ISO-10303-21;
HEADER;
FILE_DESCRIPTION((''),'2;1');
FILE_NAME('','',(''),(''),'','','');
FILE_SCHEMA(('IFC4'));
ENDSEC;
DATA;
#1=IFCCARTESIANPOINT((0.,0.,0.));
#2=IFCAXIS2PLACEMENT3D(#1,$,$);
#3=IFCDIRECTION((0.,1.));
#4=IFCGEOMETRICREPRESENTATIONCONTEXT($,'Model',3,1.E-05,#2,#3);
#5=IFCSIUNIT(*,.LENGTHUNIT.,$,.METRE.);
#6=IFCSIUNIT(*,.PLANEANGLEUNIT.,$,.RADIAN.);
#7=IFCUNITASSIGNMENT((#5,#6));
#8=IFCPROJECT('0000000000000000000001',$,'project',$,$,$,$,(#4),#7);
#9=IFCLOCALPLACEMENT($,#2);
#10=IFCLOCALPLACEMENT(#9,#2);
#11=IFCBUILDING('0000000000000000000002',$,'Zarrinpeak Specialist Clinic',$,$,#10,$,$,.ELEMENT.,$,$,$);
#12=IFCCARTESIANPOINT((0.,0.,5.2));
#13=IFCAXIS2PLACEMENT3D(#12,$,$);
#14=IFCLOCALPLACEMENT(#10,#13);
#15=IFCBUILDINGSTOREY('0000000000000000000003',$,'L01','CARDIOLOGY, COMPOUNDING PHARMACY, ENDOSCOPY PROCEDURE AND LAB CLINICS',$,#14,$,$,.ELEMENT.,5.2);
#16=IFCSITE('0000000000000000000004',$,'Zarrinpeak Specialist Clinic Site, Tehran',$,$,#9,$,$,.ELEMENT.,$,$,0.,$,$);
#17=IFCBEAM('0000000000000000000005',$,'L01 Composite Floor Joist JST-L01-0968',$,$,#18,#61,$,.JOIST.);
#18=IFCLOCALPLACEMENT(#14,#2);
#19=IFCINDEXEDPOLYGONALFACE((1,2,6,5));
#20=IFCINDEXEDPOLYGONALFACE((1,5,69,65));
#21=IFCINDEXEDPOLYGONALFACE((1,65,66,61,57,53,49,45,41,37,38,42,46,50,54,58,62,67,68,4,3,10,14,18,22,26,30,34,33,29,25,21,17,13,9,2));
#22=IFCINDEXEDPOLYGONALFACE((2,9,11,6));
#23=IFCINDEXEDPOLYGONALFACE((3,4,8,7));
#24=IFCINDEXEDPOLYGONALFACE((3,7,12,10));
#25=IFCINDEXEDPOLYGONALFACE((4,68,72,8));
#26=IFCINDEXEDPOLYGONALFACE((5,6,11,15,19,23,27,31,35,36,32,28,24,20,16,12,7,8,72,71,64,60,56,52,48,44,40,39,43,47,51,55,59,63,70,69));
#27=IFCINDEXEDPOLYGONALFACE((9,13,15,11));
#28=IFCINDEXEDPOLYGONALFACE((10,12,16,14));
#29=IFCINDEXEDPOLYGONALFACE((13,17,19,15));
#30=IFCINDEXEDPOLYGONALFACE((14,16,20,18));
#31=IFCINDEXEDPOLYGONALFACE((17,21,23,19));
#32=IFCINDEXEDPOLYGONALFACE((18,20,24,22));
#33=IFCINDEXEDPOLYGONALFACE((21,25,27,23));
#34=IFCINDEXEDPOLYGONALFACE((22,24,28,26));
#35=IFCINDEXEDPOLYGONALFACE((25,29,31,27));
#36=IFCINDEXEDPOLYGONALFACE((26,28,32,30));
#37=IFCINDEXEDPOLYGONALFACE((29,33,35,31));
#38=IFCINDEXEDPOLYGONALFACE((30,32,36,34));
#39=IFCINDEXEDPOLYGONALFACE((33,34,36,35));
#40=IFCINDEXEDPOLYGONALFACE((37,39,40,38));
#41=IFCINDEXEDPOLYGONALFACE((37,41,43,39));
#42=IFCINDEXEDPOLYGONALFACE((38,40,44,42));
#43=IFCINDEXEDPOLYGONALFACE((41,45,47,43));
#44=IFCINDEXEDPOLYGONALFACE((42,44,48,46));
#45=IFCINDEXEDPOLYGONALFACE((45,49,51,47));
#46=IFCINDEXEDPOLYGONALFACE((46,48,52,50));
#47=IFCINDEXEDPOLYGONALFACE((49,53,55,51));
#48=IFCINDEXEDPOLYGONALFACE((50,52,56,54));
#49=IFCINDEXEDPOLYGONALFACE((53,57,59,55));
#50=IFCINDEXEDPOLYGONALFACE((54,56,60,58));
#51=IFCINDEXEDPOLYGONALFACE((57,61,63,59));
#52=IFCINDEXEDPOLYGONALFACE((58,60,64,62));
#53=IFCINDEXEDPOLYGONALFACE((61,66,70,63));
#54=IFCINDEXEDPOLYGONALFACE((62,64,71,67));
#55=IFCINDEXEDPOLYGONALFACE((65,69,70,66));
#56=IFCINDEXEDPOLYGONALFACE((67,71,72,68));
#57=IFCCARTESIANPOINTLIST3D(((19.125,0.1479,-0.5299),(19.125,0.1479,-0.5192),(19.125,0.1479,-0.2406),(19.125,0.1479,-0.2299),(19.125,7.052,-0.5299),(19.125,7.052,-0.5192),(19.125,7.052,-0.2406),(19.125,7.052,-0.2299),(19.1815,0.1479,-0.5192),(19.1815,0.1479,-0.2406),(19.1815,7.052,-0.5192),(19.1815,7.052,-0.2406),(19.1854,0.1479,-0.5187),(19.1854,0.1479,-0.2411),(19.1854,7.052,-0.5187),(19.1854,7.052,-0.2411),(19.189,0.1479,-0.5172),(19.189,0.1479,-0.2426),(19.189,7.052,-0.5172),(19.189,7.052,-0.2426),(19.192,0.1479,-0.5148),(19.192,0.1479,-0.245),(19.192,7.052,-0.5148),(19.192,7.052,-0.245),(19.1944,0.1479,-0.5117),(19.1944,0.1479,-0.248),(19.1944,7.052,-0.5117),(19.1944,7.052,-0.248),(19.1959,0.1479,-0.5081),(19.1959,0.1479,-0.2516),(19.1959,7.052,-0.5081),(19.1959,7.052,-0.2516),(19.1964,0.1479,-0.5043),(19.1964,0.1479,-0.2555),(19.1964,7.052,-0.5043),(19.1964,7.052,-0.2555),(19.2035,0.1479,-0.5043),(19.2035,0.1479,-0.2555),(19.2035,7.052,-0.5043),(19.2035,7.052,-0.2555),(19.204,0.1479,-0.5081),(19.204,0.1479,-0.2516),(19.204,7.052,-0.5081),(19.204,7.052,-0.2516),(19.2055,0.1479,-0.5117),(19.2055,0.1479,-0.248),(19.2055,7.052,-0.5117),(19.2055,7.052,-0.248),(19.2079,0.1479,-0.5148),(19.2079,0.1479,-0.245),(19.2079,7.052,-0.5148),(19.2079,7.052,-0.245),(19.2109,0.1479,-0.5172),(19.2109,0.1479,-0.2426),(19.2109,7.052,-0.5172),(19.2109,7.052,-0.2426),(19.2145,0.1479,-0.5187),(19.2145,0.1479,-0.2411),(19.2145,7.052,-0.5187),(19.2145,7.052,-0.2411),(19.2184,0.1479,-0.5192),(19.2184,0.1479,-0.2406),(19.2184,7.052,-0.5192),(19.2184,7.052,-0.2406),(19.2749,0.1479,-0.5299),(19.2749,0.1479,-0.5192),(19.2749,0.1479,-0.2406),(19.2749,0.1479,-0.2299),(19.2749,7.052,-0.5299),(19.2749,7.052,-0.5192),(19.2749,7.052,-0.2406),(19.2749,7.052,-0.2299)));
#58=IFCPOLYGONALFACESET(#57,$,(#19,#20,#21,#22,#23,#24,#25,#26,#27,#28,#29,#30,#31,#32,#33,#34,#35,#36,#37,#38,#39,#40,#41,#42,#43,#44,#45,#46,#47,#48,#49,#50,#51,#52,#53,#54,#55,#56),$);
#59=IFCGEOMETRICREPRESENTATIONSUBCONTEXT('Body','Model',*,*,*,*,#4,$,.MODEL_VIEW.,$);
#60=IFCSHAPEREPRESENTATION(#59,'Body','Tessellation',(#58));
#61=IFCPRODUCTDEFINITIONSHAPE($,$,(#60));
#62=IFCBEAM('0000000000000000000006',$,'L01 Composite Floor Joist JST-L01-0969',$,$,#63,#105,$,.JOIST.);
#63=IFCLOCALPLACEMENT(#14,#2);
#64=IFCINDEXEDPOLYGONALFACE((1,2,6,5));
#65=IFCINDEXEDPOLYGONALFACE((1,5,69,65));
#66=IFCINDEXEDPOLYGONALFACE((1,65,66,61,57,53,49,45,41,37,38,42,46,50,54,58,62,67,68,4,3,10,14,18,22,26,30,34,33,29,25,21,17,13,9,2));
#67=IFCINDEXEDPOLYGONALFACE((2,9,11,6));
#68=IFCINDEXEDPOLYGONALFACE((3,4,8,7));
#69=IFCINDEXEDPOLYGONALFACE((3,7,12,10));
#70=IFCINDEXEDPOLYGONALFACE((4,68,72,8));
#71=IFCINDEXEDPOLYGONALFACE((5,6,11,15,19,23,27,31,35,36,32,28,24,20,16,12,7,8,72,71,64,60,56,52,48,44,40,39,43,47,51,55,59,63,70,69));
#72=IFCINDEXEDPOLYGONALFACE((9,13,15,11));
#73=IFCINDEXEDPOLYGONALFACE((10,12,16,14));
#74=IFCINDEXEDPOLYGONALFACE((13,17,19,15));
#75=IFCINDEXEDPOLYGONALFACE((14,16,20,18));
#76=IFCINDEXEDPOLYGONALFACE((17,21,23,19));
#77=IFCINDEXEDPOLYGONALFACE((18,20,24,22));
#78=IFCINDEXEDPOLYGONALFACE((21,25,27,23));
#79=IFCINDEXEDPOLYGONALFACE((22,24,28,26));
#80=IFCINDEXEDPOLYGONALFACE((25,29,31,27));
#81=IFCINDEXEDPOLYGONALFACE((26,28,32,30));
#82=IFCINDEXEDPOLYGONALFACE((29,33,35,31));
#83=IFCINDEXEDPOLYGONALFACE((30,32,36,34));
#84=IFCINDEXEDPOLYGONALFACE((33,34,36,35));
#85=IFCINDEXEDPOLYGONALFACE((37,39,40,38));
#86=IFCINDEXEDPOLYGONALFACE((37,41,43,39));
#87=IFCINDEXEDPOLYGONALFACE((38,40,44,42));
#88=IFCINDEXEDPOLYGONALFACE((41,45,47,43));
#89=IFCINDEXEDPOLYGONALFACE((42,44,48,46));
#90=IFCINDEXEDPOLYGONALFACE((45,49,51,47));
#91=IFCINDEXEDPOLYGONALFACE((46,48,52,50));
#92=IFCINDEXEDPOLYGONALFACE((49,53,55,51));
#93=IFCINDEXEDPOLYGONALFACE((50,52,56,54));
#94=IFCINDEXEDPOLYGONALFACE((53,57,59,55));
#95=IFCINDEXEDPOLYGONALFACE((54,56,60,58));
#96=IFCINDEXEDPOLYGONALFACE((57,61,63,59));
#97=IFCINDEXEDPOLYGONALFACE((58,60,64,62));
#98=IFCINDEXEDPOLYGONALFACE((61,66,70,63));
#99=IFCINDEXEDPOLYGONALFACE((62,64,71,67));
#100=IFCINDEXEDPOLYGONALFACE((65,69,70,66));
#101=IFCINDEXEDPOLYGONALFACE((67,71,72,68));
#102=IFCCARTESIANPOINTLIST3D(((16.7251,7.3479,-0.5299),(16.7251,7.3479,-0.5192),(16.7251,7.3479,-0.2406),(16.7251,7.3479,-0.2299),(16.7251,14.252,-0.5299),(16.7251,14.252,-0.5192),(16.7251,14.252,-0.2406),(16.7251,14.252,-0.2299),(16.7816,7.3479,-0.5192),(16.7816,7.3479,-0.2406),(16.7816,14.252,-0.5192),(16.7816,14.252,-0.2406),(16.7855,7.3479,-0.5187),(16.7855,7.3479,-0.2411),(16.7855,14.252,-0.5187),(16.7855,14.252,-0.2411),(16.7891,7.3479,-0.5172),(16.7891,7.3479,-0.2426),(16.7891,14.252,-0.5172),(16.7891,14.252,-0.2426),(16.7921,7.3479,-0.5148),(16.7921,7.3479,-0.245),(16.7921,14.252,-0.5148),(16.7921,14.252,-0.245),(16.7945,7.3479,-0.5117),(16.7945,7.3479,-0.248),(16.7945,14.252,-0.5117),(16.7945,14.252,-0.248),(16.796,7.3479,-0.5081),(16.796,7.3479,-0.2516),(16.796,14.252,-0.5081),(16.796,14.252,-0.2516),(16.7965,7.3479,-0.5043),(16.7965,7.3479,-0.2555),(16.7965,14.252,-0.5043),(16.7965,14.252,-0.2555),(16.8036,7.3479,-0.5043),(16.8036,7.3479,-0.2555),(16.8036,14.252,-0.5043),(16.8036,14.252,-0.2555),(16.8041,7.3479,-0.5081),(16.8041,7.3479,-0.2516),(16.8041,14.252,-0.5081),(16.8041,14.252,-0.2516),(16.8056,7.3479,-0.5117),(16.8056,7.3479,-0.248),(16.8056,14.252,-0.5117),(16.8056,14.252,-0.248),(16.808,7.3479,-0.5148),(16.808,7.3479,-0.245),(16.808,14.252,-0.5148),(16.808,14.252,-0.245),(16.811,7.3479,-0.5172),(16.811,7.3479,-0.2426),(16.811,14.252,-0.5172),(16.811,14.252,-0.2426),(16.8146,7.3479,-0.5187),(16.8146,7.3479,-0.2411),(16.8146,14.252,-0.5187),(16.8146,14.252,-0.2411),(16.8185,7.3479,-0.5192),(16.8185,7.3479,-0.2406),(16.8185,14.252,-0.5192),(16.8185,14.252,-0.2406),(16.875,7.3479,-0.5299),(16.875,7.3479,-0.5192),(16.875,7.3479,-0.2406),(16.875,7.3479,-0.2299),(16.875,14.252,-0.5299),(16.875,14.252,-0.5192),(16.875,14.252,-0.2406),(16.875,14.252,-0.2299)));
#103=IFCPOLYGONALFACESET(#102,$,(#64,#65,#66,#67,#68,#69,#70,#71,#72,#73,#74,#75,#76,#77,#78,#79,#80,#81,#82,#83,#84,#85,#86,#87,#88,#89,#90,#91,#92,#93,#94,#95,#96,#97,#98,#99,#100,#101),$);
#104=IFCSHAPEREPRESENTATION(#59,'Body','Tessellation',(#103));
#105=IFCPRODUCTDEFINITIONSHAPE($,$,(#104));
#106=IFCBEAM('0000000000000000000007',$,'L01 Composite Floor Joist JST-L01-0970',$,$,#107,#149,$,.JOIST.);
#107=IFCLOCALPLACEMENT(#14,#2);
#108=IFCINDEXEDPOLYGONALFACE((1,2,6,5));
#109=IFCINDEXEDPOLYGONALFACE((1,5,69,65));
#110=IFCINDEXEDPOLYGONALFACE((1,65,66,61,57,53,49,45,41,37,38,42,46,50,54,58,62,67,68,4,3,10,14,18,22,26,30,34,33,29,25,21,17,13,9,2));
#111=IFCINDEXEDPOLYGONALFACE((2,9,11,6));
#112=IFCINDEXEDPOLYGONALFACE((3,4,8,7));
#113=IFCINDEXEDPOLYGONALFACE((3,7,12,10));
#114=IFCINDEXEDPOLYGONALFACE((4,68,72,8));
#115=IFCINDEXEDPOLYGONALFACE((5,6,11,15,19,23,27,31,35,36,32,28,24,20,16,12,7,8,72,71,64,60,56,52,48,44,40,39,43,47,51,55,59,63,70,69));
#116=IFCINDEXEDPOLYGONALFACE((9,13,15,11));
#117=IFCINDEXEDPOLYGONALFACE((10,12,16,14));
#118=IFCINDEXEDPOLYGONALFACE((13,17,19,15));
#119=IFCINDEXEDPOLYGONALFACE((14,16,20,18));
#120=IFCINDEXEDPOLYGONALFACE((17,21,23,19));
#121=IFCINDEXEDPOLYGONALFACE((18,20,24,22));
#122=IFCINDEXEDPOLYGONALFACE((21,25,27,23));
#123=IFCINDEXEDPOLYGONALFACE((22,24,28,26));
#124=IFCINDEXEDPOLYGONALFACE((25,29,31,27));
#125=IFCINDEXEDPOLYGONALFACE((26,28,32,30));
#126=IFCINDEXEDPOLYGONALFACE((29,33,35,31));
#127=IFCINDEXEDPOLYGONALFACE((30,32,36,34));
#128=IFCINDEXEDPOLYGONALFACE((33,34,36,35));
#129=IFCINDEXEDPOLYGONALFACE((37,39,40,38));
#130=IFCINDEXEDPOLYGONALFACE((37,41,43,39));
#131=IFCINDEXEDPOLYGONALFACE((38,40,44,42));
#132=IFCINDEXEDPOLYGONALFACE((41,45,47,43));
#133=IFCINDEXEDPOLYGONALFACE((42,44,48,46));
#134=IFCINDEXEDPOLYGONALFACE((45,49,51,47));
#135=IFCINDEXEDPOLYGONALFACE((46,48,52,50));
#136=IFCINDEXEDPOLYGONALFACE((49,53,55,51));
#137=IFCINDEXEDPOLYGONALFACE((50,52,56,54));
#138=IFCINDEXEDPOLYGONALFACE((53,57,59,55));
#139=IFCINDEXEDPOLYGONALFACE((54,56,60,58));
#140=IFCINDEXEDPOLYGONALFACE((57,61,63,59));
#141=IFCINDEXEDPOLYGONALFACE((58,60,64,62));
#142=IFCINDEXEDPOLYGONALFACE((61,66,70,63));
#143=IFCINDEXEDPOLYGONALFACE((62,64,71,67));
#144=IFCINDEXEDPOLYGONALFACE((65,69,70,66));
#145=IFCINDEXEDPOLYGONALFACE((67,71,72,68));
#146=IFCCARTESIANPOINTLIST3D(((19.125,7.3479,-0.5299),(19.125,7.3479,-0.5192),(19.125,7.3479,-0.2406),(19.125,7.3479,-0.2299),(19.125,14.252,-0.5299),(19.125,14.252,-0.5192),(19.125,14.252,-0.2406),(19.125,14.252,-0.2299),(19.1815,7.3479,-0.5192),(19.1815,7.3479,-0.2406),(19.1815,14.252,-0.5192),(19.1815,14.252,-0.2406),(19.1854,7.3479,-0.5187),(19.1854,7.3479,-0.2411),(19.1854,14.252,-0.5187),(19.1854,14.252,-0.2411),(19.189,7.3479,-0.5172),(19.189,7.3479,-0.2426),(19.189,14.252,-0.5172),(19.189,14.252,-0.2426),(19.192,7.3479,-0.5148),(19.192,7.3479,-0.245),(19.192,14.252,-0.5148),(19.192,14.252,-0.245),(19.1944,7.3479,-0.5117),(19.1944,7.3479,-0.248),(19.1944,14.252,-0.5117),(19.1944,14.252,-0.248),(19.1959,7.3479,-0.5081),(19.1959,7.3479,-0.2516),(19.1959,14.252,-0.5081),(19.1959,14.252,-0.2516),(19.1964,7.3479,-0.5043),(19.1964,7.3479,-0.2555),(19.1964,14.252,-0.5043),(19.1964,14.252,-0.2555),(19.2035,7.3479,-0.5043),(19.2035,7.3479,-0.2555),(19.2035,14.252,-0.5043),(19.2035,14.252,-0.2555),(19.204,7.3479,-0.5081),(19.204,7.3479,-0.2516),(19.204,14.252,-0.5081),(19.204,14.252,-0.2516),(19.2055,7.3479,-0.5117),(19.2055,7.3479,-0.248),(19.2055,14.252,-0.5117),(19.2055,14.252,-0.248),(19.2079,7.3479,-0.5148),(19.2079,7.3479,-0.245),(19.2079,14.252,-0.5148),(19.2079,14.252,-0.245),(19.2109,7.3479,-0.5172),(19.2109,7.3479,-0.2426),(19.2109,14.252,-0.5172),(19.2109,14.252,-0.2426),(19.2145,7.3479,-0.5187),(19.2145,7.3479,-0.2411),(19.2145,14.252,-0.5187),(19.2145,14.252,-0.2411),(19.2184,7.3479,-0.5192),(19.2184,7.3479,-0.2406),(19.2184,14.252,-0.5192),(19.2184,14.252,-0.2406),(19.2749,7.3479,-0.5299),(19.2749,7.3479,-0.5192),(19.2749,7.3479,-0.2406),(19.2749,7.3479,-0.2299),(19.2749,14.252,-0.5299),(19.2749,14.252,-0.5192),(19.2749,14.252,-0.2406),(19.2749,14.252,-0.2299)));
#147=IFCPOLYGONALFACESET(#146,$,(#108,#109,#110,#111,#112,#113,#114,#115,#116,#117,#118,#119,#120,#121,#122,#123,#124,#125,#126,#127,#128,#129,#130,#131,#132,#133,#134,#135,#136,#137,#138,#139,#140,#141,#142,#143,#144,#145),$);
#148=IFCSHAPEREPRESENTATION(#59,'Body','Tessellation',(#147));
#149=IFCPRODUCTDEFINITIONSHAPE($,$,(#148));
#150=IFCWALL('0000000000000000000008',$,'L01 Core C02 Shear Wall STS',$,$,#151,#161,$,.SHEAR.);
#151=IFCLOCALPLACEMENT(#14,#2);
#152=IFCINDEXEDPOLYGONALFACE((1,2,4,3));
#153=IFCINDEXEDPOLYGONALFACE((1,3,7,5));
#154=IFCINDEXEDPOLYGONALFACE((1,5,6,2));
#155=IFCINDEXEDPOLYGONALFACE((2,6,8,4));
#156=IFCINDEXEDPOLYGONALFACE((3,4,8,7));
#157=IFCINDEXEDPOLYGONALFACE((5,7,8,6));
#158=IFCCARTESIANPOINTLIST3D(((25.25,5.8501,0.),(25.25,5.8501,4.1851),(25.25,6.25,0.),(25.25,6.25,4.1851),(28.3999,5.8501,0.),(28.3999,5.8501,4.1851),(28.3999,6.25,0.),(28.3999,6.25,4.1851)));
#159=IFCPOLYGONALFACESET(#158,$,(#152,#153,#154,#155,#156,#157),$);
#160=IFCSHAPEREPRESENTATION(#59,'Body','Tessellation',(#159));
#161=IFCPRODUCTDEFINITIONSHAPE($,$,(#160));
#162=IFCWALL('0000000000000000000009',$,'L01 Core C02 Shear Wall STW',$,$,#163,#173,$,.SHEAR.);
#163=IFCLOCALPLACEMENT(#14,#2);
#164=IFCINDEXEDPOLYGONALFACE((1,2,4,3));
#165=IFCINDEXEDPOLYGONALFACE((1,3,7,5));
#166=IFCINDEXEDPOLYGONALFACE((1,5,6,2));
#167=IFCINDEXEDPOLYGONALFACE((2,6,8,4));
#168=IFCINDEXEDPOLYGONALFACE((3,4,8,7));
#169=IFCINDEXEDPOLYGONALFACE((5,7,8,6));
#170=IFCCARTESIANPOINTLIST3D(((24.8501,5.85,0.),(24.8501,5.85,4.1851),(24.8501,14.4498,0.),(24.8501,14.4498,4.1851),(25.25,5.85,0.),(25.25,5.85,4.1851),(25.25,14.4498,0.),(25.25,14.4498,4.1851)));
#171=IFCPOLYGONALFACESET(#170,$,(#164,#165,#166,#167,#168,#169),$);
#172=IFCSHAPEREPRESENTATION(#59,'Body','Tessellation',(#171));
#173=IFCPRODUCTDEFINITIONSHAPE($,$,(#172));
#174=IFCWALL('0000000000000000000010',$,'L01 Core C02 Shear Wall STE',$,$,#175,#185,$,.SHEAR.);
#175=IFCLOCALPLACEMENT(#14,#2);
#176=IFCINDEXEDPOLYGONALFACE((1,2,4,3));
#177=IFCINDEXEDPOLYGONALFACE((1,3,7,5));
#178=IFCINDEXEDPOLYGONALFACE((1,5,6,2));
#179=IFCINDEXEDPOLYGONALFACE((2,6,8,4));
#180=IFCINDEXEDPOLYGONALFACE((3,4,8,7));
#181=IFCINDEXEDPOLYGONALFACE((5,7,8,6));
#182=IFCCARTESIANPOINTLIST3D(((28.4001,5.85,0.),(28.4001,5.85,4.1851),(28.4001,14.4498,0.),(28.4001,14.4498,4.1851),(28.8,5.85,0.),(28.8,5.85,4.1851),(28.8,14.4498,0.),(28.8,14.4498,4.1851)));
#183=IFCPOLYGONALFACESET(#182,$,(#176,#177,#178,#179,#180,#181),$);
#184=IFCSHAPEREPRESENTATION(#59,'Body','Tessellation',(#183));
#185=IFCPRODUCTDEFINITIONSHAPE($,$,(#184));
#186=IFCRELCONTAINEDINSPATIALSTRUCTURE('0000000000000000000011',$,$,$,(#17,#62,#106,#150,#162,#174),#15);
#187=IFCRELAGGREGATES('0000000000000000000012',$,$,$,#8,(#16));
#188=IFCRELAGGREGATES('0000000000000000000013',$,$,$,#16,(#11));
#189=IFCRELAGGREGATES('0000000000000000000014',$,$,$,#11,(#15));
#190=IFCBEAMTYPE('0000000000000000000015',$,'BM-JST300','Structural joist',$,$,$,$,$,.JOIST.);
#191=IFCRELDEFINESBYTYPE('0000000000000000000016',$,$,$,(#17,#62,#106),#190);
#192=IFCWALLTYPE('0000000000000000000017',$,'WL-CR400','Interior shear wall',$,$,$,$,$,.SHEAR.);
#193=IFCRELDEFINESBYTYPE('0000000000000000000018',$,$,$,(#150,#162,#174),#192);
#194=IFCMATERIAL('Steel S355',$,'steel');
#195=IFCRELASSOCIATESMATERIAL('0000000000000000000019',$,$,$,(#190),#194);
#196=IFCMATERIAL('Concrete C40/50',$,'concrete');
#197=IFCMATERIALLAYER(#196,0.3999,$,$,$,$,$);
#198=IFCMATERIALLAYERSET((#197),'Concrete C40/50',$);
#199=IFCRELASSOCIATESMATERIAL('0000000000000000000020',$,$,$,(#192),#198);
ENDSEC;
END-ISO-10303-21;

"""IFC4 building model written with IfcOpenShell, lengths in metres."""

from ifc_helpers import new_model, si_unit, direction, frame, frame_2d, origin, origin_2d, place, context, subcontext, project, spatial, rectangle, i_section, extrude, material, layer, layer_set, material_profile, profile_set, type_object, element, save


model = new_model("IFC4")

# Units and contexts
model_context = context("Model", 3, precision=1e-05, world=origin(), true_north=direction((0.0, 1.0)))
body_context = subcontext(model_context, "Body", "Model", "MODEL_VIEW")
ifc_project = project(units=[si_unit("LENGTHUNIT", "METRE"), si_unit("PLANEANGLEUNIT", "RADIAN")], contexts=[model_context])

# Site, building, storey
site_placement = place(None, origin())
site = spatial("IfcSite", under=ifc_project, at=site_placement, Name="Zarrinpeak Specialist Clinic Site, Tehran", CompositionType="ELEMENT", RefElevation=0.0)
building_placement = place(site_placement, origin())
building = spatial("IfcBuilding", under=site, at=building_placement, Name="Zarrinpeak Specialist Clinic", CompositionType="ELEMENT")
storey_placement = place(building_placement, frame((0.0, 0.0, 5.2)))
storey = spatial("IfcBuildingStorey", under=building, at=storey_placement, Name="L01", Description="CARDIOLOGY, COMPOUNDING PHARMACY, ENDOSCOPY PROCEDURE AND LAB CLINICS", CompositionType="ELEMENT", Elevation=5.2)

# Shared definitions
ifc_material_1 = material(Name="Steel S355", Category="steel")

# Beams
ifc_material_profile_1 = material_profile(ifc_material_1, i_section(OverallWidth=0.1499, OverallDepth=0.3, WebThickness=0.0071, FlangeThickness=0.0107, FilletRadius=0.0149, at=origin_2d()), Name="IPE 300")
ifc_profile_set_1 = profile_set([ifc_material_profile_1], Name="Steel S355")
beam_type_1 = type_object("IfcBeamType", Name="BM-JST300", Description="Structural joist", PredefinedType="JOIST", material=ifc_profile_set_1)
for number, where, z_axis, x_axis, name in (
    (1, (19.2, 0.1479, -0.3799), (0.0, 1.0, 0.0), (-1.0, 0.0, 0.0), "L01 Composite Floor Joist JST-L01-0968"),
    (2, (16.8, 7.3479, -0.3799), (0.0, 1.0, 0.0), (-1.0, 0.0, 0.0), "L01 Composite Floor Joist JST-L01-0969"),
    (3, (19.2, 7.3479, -0.3799), (0.0, 1.0, 0.0), (-1.0, 0.0, 0.0), "L01 Composite Floor Joist JST-L01-0970"),
):
    element("IfcBeam", number, at=place(storey_placement, frame(where, z_axis=z_axis, x_axis=x_axis)), inside=storey, type_object=beam_type_1, Name=name, PredefinedType="JOIST", context=body_context, shape_type="SweptSolid", body=[
        extrude(i_section(OverallWidth=0.1499, OverallDepth=0.3, WebThickness=0.0071, FlangeThickness=0.0107, FilletRadius=0.0149, at=origin_2d()), origin(), (0.0, 0.0, 1.0), 6.9041),
    ])

# Walls
ifc_material_2 = material(Name="Concrete C40/50", Category="concrete")
ifc_layer_1 = layer(ifc_material_2, 0.3999)
ifc_layer_set_1 = layer_set([ifc_layer_1], Name="Concrete C40/50")
wall_type_1 = type_object("IfcWallType", Name="WL-CR400", Description="Interior shear wall", PredefinedType="SHEAR", material=ifc_layer_set_1)
wall_1_placement = place(storey_placement, frame((25.25, 6.05, 0.0), z_axis=(0.0, 0.0, 1.0), x_axis=(1.0, 0.0, 0.0)))
element("IfcWall", 4, at=wall_1_placement, inside=storey, type_object=wall_type_1, Name="L01 Core C02 Shear Wall STS", PredefinedType="SHEAR", context=body_context, shape_type="SweptSolid", body=[
    extrude(rectangle(XDim=3.1499, YDim=0.3999, at=frame_2d((1.575, 0.0))), origin(), (0.0, 0.0, 1.0), 4.1851),
])
for number, where, z_axis, x_axis, name in (
    (5, (25.05, 5.8501, 0.0), (0.0, 0.0, 1.0), (0.0, 1.0, 0.0), "L01 Core C02 Shear Wall STW"),
    (6, (28.6001, 5.8501, 0.0), (0.0, 0.0, 1.0), (0.0, 1.0, 0.0), "L01 Core C02 Shear Wall STE"),
):
    element("IfcWall", number, at=place(storey_placement, frame(where, z_axis=z_axis, x_axis=x_axis)), inside=storey, type_object=wall_type_1, Name=name, PredefinedType="SHEAR", context=body_context, shape_type="SweptSolid", body=[
        extrude(rectangle(XDim=8.5999, YDim=0.3999, at=frame_2d((4.2998, 0.0))), origin(), (0.0, 0.0, 1.0), 4.1851),
    ])

save(model, "model.ifc")
